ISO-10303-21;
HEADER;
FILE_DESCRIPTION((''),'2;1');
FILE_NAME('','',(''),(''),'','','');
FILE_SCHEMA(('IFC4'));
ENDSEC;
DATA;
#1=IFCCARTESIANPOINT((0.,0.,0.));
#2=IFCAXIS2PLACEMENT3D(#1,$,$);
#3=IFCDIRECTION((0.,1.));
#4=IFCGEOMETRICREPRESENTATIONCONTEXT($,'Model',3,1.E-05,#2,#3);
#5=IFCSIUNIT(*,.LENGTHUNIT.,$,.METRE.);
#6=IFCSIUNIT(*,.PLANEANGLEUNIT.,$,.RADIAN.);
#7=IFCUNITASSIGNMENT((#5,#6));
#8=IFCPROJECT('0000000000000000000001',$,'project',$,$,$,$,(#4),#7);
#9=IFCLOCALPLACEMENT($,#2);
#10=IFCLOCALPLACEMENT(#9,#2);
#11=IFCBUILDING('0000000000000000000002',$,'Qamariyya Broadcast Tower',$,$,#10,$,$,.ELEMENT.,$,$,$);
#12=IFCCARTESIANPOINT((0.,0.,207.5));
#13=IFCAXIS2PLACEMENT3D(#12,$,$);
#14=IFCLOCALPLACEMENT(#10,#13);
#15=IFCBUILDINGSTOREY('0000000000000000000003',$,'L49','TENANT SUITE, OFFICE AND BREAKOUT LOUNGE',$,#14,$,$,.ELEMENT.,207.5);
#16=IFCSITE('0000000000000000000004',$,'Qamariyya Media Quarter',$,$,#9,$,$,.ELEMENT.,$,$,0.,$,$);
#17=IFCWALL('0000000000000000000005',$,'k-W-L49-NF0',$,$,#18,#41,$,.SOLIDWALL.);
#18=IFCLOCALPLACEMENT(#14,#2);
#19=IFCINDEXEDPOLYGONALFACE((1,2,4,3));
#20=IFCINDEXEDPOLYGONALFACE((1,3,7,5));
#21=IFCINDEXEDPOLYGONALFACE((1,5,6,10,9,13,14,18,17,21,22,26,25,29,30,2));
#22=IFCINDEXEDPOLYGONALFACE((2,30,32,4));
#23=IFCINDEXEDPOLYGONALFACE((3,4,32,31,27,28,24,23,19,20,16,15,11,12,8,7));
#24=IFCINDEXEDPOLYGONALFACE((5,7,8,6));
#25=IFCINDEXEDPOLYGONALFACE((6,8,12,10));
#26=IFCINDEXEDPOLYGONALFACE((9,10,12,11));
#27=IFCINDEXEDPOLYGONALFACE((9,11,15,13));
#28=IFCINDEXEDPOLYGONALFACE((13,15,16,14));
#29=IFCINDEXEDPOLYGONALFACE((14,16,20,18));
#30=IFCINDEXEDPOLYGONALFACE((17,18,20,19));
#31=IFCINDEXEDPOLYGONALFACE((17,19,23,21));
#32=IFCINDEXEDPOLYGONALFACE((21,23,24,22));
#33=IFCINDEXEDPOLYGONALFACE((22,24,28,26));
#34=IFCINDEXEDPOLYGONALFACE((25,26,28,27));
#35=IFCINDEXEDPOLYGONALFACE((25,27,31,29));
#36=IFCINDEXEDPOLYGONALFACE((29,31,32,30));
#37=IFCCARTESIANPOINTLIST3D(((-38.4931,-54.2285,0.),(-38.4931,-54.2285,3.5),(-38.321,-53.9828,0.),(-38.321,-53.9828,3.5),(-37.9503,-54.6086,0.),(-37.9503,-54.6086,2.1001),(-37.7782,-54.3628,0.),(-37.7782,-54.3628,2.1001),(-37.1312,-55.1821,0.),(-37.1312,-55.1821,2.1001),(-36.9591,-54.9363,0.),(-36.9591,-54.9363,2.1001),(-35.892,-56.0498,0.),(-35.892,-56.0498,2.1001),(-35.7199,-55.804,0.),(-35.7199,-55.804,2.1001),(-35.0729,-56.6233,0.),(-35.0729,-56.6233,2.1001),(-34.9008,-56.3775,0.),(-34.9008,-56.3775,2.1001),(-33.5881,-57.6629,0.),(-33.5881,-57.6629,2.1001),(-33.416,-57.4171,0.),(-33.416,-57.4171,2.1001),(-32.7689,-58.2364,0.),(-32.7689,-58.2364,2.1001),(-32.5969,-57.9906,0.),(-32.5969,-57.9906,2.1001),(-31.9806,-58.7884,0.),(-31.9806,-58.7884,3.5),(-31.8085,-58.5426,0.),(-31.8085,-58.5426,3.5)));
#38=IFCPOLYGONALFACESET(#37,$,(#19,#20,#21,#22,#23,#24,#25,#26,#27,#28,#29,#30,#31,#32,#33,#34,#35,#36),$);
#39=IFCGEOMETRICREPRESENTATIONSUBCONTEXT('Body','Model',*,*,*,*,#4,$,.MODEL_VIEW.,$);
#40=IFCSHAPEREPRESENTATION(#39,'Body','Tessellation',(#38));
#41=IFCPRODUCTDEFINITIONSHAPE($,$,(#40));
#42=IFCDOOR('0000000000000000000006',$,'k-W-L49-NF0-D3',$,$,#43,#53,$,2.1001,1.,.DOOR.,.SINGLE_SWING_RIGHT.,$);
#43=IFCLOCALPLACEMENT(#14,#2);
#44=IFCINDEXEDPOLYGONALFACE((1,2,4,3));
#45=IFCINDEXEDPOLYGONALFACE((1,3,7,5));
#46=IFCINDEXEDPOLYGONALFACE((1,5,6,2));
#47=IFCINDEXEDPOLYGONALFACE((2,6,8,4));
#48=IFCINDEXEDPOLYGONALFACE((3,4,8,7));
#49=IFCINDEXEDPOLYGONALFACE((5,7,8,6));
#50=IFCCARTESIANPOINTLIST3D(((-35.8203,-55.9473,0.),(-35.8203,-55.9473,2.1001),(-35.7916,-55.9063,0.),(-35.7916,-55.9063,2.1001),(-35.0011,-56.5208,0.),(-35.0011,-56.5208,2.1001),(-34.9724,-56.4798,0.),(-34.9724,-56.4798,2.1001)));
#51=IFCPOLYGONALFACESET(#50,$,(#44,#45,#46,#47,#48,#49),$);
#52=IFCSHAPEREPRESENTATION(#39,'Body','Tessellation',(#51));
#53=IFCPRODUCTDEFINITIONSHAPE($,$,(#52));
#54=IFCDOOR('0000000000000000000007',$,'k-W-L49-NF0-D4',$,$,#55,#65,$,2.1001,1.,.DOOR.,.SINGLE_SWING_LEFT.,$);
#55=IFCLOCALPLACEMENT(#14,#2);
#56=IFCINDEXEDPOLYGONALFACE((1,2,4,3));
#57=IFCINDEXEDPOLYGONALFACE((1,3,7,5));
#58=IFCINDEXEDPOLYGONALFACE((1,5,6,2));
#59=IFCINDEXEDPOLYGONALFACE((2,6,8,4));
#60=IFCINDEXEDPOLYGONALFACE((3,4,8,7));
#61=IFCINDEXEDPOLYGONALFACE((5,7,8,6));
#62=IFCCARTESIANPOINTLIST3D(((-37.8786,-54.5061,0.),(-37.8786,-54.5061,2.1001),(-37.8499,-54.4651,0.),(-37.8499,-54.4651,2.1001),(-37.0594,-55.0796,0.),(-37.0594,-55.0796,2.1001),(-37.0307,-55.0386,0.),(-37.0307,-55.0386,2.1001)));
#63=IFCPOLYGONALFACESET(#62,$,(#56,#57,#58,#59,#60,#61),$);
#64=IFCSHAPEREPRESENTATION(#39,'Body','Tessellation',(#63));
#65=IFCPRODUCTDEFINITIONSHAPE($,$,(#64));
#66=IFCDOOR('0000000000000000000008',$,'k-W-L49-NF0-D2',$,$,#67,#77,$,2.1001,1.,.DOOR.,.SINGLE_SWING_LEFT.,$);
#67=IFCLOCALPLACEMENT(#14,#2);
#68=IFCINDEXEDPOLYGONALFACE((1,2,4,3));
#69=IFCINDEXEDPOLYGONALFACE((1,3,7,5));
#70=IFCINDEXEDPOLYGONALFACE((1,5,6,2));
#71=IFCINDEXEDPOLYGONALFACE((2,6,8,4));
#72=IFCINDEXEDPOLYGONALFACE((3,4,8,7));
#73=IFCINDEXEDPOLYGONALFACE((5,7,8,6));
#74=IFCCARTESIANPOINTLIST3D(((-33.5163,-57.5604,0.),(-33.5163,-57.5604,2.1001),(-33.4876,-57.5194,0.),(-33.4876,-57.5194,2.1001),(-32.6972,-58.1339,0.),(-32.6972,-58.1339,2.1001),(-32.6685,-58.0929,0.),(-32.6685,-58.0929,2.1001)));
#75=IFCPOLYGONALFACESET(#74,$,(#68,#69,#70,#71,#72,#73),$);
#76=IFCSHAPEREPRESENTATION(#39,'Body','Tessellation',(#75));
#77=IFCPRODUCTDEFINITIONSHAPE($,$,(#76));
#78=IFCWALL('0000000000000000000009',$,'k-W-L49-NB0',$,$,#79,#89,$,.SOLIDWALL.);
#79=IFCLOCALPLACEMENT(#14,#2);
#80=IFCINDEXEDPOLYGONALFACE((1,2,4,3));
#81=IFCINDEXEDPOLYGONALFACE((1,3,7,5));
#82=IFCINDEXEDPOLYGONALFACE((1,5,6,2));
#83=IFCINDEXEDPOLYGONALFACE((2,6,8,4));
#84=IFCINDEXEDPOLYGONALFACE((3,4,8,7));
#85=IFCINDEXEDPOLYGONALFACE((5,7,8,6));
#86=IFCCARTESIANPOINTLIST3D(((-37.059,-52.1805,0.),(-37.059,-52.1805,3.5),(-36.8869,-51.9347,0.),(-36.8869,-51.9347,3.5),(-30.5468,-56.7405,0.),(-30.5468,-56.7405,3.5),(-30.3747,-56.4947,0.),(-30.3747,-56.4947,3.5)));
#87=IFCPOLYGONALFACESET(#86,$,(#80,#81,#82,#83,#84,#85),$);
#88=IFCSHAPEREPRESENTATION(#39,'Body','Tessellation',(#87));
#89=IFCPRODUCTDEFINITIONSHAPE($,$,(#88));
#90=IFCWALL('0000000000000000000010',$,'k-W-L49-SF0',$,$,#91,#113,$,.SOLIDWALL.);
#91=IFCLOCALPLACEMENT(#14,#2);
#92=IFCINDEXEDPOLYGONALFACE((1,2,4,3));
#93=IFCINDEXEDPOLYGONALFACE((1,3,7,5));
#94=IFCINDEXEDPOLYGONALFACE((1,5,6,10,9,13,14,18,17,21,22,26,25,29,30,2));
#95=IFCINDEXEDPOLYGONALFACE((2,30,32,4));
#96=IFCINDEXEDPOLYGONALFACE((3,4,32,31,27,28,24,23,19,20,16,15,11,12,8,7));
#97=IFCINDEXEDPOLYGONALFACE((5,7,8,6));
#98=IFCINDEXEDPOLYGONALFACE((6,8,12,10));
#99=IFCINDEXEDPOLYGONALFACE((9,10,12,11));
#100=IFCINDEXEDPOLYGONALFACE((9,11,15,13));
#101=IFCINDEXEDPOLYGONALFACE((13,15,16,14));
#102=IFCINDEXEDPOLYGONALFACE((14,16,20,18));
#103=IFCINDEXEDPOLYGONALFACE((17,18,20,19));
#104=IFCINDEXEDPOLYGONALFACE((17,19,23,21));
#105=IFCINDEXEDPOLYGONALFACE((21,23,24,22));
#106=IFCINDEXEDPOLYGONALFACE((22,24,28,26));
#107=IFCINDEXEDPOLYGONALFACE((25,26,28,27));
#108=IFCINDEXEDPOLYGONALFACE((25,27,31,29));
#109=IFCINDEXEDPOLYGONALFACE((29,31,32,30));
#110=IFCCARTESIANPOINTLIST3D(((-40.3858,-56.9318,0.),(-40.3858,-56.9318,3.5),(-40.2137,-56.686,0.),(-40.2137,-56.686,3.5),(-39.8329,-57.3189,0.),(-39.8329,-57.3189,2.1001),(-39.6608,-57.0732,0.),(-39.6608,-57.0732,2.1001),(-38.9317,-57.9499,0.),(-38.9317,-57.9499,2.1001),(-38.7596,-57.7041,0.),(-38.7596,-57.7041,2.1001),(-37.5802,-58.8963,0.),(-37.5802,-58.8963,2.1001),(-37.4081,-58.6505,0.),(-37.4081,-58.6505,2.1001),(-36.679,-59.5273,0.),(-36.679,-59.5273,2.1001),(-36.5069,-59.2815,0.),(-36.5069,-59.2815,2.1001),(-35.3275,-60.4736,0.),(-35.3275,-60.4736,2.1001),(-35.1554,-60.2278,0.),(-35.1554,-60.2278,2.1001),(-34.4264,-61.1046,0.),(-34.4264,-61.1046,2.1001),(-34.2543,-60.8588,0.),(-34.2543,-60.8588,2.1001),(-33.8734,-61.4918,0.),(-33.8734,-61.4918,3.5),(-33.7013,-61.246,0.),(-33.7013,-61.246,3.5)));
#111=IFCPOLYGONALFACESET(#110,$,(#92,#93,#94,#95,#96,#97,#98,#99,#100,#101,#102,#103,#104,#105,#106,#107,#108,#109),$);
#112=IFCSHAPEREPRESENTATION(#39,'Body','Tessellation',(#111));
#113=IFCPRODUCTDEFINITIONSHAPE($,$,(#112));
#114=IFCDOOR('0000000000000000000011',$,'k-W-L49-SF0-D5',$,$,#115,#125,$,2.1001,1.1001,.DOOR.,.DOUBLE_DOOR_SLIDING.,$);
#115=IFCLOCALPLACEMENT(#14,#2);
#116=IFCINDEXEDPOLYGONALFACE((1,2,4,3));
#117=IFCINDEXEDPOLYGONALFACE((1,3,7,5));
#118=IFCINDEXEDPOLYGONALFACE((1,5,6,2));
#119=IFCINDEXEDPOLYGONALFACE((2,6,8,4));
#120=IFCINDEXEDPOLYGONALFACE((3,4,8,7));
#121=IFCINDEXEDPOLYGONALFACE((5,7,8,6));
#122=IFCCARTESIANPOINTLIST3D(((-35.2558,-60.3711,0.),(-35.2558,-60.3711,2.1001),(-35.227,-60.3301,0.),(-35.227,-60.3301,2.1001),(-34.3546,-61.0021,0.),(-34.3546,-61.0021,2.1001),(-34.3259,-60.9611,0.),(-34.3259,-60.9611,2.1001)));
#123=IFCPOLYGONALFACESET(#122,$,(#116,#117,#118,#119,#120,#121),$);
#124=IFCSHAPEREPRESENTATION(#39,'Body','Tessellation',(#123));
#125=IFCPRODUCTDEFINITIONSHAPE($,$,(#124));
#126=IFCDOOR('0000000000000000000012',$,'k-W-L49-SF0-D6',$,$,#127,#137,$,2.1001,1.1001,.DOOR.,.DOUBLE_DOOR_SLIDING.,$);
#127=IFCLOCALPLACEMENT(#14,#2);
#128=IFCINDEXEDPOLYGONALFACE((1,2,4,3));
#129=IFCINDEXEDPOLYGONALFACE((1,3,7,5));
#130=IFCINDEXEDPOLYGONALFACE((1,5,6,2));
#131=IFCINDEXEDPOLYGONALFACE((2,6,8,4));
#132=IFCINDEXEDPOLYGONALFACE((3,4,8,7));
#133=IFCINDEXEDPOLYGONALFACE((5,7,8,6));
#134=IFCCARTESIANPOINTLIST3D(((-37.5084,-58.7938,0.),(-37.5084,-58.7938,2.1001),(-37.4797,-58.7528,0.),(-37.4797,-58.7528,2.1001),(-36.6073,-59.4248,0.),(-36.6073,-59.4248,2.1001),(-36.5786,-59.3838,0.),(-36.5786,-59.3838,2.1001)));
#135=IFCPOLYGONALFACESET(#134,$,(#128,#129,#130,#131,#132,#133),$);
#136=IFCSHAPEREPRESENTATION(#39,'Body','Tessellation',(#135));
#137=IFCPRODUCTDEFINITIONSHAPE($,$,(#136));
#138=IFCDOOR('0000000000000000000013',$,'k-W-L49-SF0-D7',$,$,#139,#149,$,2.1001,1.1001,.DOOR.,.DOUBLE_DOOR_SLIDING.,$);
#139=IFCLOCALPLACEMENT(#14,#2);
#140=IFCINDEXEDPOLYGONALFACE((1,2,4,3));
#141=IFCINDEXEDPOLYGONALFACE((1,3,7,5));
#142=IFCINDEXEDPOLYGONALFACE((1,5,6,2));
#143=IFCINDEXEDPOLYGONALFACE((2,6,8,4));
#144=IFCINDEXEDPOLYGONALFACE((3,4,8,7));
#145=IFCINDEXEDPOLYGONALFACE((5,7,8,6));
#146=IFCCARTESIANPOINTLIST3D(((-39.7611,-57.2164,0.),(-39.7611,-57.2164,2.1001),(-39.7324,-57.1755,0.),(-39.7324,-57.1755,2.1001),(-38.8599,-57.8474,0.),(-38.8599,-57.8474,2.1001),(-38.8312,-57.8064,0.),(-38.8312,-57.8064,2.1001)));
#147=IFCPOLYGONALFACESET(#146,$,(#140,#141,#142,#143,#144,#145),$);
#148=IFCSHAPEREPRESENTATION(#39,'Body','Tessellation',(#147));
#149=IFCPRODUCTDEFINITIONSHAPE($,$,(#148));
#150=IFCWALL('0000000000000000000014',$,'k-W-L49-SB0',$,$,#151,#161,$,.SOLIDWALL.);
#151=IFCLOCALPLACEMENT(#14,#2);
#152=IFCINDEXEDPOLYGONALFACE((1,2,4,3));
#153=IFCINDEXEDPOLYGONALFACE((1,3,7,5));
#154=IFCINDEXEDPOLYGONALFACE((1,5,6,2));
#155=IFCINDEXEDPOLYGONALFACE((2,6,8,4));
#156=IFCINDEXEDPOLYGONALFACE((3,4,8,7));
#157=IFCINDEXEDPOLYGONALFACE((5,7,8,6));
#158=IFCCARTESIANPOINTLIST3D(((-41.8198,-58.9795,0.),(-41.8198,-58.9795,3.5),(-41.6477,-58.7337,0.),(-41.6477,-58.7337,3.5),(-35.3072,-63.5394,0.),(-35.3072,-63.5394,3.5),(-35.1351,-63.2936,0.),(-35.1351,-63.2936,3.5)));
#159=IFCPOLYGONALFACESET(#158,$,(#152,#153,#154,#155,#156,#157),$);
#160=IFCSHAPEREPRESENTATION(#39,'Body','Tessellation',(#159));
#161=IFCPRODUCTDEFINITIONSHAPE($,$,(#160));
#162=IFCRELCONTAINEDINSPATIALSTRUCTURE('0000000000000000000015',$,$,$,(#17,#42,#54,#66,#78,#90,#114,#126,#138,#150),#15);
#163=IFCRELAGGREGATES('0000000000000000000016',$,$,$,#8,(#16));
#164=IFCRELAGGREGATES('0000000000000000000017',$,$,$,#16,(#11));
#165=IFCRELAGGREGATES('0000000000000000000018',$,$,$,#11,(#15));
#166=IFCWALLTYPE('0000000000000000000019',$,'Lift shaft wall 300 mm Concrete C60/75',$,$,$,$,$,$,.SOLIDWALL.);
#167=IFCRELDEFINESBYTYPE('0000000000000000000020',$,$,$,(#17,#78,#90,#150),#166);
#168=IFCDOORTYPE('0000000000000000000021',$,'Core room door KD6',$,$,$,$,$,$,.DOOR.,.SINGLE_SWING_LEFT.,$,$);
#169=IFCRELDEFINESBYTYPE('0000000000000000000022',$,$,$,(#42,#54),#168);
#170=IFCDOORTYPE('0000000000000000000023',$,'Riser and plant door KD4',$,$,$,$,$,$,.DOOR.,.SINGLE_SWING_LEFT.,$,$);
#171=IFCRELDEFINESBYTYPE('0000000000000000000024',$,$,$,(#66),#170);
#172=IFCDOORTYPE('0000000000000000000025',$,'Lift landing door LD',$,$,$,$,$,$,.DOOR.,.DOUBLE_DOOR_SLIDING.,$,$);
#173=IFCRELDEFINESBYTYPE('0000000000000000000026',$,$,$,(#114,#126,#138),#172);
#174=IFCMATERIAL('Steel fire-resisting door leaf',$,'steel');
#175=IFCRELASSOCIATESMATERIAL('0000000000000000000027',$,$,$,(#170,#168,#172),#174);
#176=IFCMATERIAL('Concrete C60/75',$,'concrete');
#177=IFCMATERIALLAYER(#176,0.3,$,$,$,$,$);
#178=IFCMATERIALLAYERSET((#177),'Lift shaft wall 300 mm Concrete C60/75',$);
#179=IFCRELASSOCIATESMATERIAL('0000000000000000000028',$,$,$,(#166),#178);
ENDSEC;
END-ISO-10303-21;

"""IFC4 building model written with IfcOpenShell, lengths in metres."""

from ifc_helpers import new_model, si_unit, direction, frame, frame_2d, origin, place, context, subcontext, project, spatial, rectangle, extrude, material, layer, layer_set, type_object, element, fill, save


model = new_model("IFC4")

# Units and contexts
model_context = context("Model", 3, precision=1e-05, world=origin(), true_north=direction((0.0, 1.0)))
body_context = subcontext(model_context, "Body", "Model", "MODEL_VIEW")
ifc_project = project(units=[si_unit("LENGTHUNIT", "METRE"), si_unit("PLANEANGLEUNIT", "RADIAN")], contexts=[model_context])

# Site, building, storey
site_placement = place(None, origin())
site = spatial("IfcSite", under=ifc_project, at=site_placement, Name="Qamariyya Media Quarter", CompositionType="ELEMENT", RefElevation=0.0)
building_placement = place(site_placement, origin())
building = spatial("IfcBuilding", under=site, at=building_placement, Name="Qamariyya Broadcast Tower", CompositionType="ELEMENT")
storey_placement = place(building_placement, frame((0.0, 0.0, 207.5)))
storey = spatial("IfcBuildingStorey", under=building, at=storey_placement, Name="L49", Description="TENANT SUITE, OFFICE AND BREAKOUT LOUNGE", CompositionType="ELEMENT", Elevation=207.5)

# Shared definitions
ifc_material_1 = material(Name="Concrete C60/75", Category="concrete")

# Shared definitions
ifc_material_2 = material(Name="Steel fire-resisting door leaf", Category="steel")

# Shared definitions
door_type_1 = type_object("IfcDoorType", Name="Riser and plant door KD4", OperationType="SINGLE_SWING_LEFT", PredefinedType="DOOR", material=ifc_material_2)

# Wall, openings, doors
ifc_layer_1 = layer(ifc_material_1, 0.3)
ifc_layer_set_1 = layer_set([ifc_layer_1], Name="Lift shaft wall 300 mm Concrete C60/75")
wall_type_1 = type_object("IfcWallType", Name="Lift shaft wall 300 mm Concrete C60/75", PredefinedType="SOLIDWALL", material=ifc_layer_set_1)
wall_1_placement = place(storey_placement, frame((-31.8945, -58.6655, 0.0), z_axis=(0.0, 0.0, 1.0), x_axis=(-0.819167, 0.573555, 0.0)))
wall_1 = element("IfcWall", 1, at=wall_1_placement, inside=storey, type_object=wall_type_1, Name="k-W-L49-NF0", PredefinedType="SOLIDWALL", context=body_context, shape_type="SweptSolid", body=[
    extrude(rectangle(XDim=7.9502, YDim=0.3, at=frame_2d((3.9751, 0.0))), origin(), (0.0, 0.0, 1.0), 3.5),
])
opening_1_placement = place(wall_1_placement, frame((0.9624, 0.0, 0.0)))
opening_1 = element("IfcOpeningElement", 2, at=opening_1_placement, cuts=wall_1, PredefinedType="OPENING", context=body_context, shape_type="SweptSolid", body=[
    extrude(rectangle(XDim=1.0, YDim=2.1001, at=frame_2d((0.5, 1.05))), frame((0.0, 0.1599, 0.0), z_axis=(0.0, -1.0, 0.0), x_axis=(1.0, 0.0, 0.0)), (0.0, 0.0, 1.0), 0.3201),
])
opening_2_placement = place(wall_1_placement, frame((3.7749, 0.0, 0.0)))
opening_2 = element("IfcOpeningElement", 3, at=opening_2_placement, cuts=wall_1, PredefinedType="OPENING", context=body_context, shape_type="SweptSolid", body=[
    extrude(rectangle(XDim=1.0, YDim=2.1001, at=frame_2d((0.5, 1.05))), frame((0.0, 0.1599, 0.0), z_axis=(0.0, -1.0, 0.0), x_axis=(1.0, 0.0, 0.0)), (0.0, 0.0, 1.0), 0.3201),
])
opening_3_placement = place(wall_1_placement, frame((6.2876, 0.0, 0.0)))
opening_3 = element("IfcOpeningElement", 4, at=opening_3_placement, cuts=wall_1, PredefinedType="OPENING", context=body_context, shape_type="SweptSolid", body=[
    extrude(rectangle(XDim=1.0, YDim=2.1001, at=frame_2d((0.5, 1.05))), frame((0.0, 0.1599, 0.0), z_axis=(0.0, -1.0, 0.0), x_axis=(1.0, 0.0, 0.0)), (0.0, 0.0, 1.0), 0.3201),
])
door_type_2 = type_object("IfcDoorType", Name="Core room door KD6", OperationType="SINGLE_SWING_LEFT", PredefinedType="DOOR", material=ifc_material_2)
door_1_placement = place(opening_2_placement, origin())
door_1 = element("IfcDoor", 5, at=door_1_placement, inside=storey, type_object=door_type_2, Name="k-W-L49-NF0-D3", OperationType="SINGLE_SWING_RIGHT", OverallHeight=2.1001, OverallWidth=1.0, PredefinedType="DOOR", context=body_context, shape_type="SweptSolid", body=[
    extrude(rectangle(XDim=1.0, YDim=2.1001, at=frame_2d((0.5, 1.05))), frame((0.0, 0.0249, 0.0), z_axis=(0.0, -1.0, 0.0), x_axis=(1.0, 0.0, 0.0)), (0.0, 0.0, 1.0), 0.05),
])
fill(opening_2, door_1)
door_2_placement = place(opening_3_placement, origin())
door_2 = element("IfcDoor", 6, at=door_2_placement, inside=storey, type_object=door_type_2, Name="k-W-L49-NF0-D4", OperationType="SINGLE_SWING_LEFT", OverallHeight=2.1001, OverallWidth=1.0, PredefinedType="DOOR", context=body_context, shape_type="SweptSolid", body=[
    extrude(rectangle(XDim=1.0, YDim=2.1001, at=frame_2d((0.5, 1.05))), frame((0.0, 0.0249, 0.0), z_axis=(0.0, -1.0, 0.0), x_axis=(1.0, 0.0, 0.0)), (0.0, 0.0, 1.0), 0.05),
])
fill(opening_3, door_2)
door_3_placement = place(opening_1_placement, origin())
door_3 = element("IfcDoor", 7, at=door_3_placement, inside=storey, type_object=door_type_1, Name="k-W-L49-NF0-D2", OperationType="SINGLE_SWING_LEFT", OverallHeight=2.1001, OverallWidth=1.0, PredefinedType="DOOR", context=body_context, shape_type="SweptSolid", body=[
    extrude(rectangle(XDim=1.0, YDim=2.1001, at=frame_2d((0.5, 1.05))), frame((0.0, 0.0249, 0.0), z_axis=(0.0, -1.0, 0.0), x_axis=(1.0, 0.0, 0.0)), (0.0, 0.0, 1.0), 0.05),
])
fill(opening_1, door_3)

# Wall
wall_2_placement = place(storey_placement, frame((-30.4607, -56.6177, 0.0), z_axis=(0.0, 0.0, 1.0), x_axis=(-0.819142, 0.57359, 0.0)))
element("IfcWall", 8, at=wall_2_placement, inside=storey, type_object=wall_type_1, Name="k-W-L49-NB0", PredefinedType="SOLIDWALL", context=body_context, shape_type="SweptSolid", body=[
    extrude(rectangle(XDim=7.95, YDim=0.3, at=frame_2d((3.9751, 0.0))), origin(), (0.0, 0.0, 1.0), 3.5),
])

# Wall, openings, doors
wall_3_placement = place(storey_placement, frame((-33.7874, -61.3689, 0.0), z_axis=(0.0, 0.0, 1.0), x_axis=(-0.819153, 0.573576, 0.0)))
wall_3 = element("IfcWall", 9, at=wall_3_placement, inside=storey, type_object=wall_type_1, Name="k-W-L49-SF0", PredefinedType="SOLIDWALL", context=body_context, shape_type="SweptSolid", body=[
    extrude(rectangle(XDim=7.9502, YDim=0.3, at=frame_2d((3.9751, 0.0))), origin(), (0.0, 0.0, 1.0), 3.5),
])
opening_4_placement = place(wall_3_placement, frame((0.675, 0.0, 0.0)))
opening_4 = element("IfcOpeningElement", 10, at=opening_4_placement, cuts=wall_3, PredefinedType="OPENING", context=body_context, shape_type="SweptSolid", body=[
    extrude(rectangle(XDim=1.1001, YDim=2.1001, at=frame_2d((0.55, 1.05))), frame((0.0, 0.1599, 0.0), z_axis=(0.0, -1.0, 0.0), x_axis=(1.0, 0.0, 0.0)), (0.0, 0.0, 1.0), 0.3201),
])
opening_5_placement = place(wall_3_placement, frame((3.425, 0.0, 0.0)))
opening_5 = element("IfcOpeningElement", 11, at=opening_5_placement, cuts=wall_3, PredefinedType="OPENING", context=body_context, shape_type="SweptSolid", body=[
    extrude(rectangle(XDim=1.1001, YDim=2.1001, at=frame_2d((0.55, 1.05))), frame((0.0, 0.1599, 0.0), z_axis=(0.0, -1.0, 0.0), x_axis=(1.0, 0.0, 0.0)), (0.0, 0.0, 1.0), 0.3201),
])
opening_6_placement = place(wall_3_placement, frame((6.175, 0.0, 0.0)))
opening_6 = element("IfcOpeningElement", 12, at=opening_6_placement, cuts=wall_3, PredefinedType="OPENING", context=body_context, shape_type="SweptSolid", body=[
    extrude(rectangle(XDim=1.1001, YDim=2.1001, at=frame_2d((0.55, 1.05))), frame((0.0, 0.1599, 0.0), z_axis=(0.0, -1.0, 0.0), x_axis=(1.0, 0.0, 0.0)), (0.0, 0.0, 1.0), 0.3201),
])
door_type_3 = type_object("IfcDoorType", Name="Lift landing door LD", OperationType="DOUBLE_DOOR_SLIDING", PredefinedType="DOOR", material=ifc_material_2)
door_4_placement = place(opening_4_placement, origin())
door_4 = element("IfcDoor", 13, at=door_4_placement, inside=storey, type_object=door_type_3, Name="k-W-L49-SF0-D5", OperationType="DOUBLE_DOOR_SLIDING", OverallHeight=2.1001, OverallWidth=1.1001, PredefinedType="DOOR", context=body_context, shape_type="SweptSolid", body=[
    extrude(rectangle(XDim=1.1001, YDim=2.1001, at=frame_2d((0.55, 1.05))), frame((0.0, 0.0249, 0.0), z_axis=(0.0, -1.0, 0.0), x_axis=(1.0, 0.0, 0.0)), (0.0, 0.0, 1.0), 0.05),
])
fill(opening_4, door_4)
door_5_placement = place(opening_5_placement, origin())
door_5 = element("IfcDoor", 14, at=door_5_placement, inside=storey, type_object=door_type_3, Name="k-W-L49-SF0-D6", OperationType="DOUBLE_DOOR_SLIDING", OverallHeight=2.1001, OverallWidth=1.1001, PredefinedType="DOOR", context=body_context, shape_type="SweptSolid", body=[
    extrude(rectangle(XDim=1.1001, YDim=2.1001, at=frame_2d((0.55, 1.05))), frame((0.0, 0.0249, 0.0), z_axis=(0.0, -1.0, 0.0), x_axis=(1.0, 0.0, 0.0)), (0.0, 0.0, 1.0), 0.05),
])
fill(opening_5, door_5)
door_6_placement = place(opening_6_placement, origin())
door_6 = element("IfcDoor", 15, at=door_6_placement, inside=storey, type_object=door_type_3, Name="k-W-L49-SF0-D7", OperationType="DOUBLE_DOOR_SLIDING", OverallHeight=2.1001, OverallWidth=1.1001, PredefinedType="DOOR", context=body_context, shape_type="SweptSolid", body=[
    extrude(rectangle(XDim=1.1001, YDim=2.1001, at=frame_2d((0.55, 1.05))), frame((0.0, 0.0249, 0.0), z_axis=(0.0, -1.0, 0.0), x_axis=(1.0, 0.0, 0.0)), (0.0, 0.0, 1.0), 0.05),
])
fill(opening_6, door_6)

# Wall
wall_4_placement = place(storey_placement, frame((-35.2212, -63.4165, 0.0), z_axis=(0.0, 0.0, 1.0), x_axis=(-0.819167, 0.573555, 0.0)))
element("IfcWall", 16, at=wall_4_placement, inside=storey, type_object=wall_type_1, Name="k-W-L49-SB0", PredefinedType="SOLIDWALL", context=body_context, shape_type="SweptSolid", body=[
    extrude(rectangle(XDim=7.9502, YDim=0.3, at=frame_2d((3.9751, 0.0))), origin(), (0.0, 0.0, 1.0), 3.5),
])

save(model, "model.ifc")
